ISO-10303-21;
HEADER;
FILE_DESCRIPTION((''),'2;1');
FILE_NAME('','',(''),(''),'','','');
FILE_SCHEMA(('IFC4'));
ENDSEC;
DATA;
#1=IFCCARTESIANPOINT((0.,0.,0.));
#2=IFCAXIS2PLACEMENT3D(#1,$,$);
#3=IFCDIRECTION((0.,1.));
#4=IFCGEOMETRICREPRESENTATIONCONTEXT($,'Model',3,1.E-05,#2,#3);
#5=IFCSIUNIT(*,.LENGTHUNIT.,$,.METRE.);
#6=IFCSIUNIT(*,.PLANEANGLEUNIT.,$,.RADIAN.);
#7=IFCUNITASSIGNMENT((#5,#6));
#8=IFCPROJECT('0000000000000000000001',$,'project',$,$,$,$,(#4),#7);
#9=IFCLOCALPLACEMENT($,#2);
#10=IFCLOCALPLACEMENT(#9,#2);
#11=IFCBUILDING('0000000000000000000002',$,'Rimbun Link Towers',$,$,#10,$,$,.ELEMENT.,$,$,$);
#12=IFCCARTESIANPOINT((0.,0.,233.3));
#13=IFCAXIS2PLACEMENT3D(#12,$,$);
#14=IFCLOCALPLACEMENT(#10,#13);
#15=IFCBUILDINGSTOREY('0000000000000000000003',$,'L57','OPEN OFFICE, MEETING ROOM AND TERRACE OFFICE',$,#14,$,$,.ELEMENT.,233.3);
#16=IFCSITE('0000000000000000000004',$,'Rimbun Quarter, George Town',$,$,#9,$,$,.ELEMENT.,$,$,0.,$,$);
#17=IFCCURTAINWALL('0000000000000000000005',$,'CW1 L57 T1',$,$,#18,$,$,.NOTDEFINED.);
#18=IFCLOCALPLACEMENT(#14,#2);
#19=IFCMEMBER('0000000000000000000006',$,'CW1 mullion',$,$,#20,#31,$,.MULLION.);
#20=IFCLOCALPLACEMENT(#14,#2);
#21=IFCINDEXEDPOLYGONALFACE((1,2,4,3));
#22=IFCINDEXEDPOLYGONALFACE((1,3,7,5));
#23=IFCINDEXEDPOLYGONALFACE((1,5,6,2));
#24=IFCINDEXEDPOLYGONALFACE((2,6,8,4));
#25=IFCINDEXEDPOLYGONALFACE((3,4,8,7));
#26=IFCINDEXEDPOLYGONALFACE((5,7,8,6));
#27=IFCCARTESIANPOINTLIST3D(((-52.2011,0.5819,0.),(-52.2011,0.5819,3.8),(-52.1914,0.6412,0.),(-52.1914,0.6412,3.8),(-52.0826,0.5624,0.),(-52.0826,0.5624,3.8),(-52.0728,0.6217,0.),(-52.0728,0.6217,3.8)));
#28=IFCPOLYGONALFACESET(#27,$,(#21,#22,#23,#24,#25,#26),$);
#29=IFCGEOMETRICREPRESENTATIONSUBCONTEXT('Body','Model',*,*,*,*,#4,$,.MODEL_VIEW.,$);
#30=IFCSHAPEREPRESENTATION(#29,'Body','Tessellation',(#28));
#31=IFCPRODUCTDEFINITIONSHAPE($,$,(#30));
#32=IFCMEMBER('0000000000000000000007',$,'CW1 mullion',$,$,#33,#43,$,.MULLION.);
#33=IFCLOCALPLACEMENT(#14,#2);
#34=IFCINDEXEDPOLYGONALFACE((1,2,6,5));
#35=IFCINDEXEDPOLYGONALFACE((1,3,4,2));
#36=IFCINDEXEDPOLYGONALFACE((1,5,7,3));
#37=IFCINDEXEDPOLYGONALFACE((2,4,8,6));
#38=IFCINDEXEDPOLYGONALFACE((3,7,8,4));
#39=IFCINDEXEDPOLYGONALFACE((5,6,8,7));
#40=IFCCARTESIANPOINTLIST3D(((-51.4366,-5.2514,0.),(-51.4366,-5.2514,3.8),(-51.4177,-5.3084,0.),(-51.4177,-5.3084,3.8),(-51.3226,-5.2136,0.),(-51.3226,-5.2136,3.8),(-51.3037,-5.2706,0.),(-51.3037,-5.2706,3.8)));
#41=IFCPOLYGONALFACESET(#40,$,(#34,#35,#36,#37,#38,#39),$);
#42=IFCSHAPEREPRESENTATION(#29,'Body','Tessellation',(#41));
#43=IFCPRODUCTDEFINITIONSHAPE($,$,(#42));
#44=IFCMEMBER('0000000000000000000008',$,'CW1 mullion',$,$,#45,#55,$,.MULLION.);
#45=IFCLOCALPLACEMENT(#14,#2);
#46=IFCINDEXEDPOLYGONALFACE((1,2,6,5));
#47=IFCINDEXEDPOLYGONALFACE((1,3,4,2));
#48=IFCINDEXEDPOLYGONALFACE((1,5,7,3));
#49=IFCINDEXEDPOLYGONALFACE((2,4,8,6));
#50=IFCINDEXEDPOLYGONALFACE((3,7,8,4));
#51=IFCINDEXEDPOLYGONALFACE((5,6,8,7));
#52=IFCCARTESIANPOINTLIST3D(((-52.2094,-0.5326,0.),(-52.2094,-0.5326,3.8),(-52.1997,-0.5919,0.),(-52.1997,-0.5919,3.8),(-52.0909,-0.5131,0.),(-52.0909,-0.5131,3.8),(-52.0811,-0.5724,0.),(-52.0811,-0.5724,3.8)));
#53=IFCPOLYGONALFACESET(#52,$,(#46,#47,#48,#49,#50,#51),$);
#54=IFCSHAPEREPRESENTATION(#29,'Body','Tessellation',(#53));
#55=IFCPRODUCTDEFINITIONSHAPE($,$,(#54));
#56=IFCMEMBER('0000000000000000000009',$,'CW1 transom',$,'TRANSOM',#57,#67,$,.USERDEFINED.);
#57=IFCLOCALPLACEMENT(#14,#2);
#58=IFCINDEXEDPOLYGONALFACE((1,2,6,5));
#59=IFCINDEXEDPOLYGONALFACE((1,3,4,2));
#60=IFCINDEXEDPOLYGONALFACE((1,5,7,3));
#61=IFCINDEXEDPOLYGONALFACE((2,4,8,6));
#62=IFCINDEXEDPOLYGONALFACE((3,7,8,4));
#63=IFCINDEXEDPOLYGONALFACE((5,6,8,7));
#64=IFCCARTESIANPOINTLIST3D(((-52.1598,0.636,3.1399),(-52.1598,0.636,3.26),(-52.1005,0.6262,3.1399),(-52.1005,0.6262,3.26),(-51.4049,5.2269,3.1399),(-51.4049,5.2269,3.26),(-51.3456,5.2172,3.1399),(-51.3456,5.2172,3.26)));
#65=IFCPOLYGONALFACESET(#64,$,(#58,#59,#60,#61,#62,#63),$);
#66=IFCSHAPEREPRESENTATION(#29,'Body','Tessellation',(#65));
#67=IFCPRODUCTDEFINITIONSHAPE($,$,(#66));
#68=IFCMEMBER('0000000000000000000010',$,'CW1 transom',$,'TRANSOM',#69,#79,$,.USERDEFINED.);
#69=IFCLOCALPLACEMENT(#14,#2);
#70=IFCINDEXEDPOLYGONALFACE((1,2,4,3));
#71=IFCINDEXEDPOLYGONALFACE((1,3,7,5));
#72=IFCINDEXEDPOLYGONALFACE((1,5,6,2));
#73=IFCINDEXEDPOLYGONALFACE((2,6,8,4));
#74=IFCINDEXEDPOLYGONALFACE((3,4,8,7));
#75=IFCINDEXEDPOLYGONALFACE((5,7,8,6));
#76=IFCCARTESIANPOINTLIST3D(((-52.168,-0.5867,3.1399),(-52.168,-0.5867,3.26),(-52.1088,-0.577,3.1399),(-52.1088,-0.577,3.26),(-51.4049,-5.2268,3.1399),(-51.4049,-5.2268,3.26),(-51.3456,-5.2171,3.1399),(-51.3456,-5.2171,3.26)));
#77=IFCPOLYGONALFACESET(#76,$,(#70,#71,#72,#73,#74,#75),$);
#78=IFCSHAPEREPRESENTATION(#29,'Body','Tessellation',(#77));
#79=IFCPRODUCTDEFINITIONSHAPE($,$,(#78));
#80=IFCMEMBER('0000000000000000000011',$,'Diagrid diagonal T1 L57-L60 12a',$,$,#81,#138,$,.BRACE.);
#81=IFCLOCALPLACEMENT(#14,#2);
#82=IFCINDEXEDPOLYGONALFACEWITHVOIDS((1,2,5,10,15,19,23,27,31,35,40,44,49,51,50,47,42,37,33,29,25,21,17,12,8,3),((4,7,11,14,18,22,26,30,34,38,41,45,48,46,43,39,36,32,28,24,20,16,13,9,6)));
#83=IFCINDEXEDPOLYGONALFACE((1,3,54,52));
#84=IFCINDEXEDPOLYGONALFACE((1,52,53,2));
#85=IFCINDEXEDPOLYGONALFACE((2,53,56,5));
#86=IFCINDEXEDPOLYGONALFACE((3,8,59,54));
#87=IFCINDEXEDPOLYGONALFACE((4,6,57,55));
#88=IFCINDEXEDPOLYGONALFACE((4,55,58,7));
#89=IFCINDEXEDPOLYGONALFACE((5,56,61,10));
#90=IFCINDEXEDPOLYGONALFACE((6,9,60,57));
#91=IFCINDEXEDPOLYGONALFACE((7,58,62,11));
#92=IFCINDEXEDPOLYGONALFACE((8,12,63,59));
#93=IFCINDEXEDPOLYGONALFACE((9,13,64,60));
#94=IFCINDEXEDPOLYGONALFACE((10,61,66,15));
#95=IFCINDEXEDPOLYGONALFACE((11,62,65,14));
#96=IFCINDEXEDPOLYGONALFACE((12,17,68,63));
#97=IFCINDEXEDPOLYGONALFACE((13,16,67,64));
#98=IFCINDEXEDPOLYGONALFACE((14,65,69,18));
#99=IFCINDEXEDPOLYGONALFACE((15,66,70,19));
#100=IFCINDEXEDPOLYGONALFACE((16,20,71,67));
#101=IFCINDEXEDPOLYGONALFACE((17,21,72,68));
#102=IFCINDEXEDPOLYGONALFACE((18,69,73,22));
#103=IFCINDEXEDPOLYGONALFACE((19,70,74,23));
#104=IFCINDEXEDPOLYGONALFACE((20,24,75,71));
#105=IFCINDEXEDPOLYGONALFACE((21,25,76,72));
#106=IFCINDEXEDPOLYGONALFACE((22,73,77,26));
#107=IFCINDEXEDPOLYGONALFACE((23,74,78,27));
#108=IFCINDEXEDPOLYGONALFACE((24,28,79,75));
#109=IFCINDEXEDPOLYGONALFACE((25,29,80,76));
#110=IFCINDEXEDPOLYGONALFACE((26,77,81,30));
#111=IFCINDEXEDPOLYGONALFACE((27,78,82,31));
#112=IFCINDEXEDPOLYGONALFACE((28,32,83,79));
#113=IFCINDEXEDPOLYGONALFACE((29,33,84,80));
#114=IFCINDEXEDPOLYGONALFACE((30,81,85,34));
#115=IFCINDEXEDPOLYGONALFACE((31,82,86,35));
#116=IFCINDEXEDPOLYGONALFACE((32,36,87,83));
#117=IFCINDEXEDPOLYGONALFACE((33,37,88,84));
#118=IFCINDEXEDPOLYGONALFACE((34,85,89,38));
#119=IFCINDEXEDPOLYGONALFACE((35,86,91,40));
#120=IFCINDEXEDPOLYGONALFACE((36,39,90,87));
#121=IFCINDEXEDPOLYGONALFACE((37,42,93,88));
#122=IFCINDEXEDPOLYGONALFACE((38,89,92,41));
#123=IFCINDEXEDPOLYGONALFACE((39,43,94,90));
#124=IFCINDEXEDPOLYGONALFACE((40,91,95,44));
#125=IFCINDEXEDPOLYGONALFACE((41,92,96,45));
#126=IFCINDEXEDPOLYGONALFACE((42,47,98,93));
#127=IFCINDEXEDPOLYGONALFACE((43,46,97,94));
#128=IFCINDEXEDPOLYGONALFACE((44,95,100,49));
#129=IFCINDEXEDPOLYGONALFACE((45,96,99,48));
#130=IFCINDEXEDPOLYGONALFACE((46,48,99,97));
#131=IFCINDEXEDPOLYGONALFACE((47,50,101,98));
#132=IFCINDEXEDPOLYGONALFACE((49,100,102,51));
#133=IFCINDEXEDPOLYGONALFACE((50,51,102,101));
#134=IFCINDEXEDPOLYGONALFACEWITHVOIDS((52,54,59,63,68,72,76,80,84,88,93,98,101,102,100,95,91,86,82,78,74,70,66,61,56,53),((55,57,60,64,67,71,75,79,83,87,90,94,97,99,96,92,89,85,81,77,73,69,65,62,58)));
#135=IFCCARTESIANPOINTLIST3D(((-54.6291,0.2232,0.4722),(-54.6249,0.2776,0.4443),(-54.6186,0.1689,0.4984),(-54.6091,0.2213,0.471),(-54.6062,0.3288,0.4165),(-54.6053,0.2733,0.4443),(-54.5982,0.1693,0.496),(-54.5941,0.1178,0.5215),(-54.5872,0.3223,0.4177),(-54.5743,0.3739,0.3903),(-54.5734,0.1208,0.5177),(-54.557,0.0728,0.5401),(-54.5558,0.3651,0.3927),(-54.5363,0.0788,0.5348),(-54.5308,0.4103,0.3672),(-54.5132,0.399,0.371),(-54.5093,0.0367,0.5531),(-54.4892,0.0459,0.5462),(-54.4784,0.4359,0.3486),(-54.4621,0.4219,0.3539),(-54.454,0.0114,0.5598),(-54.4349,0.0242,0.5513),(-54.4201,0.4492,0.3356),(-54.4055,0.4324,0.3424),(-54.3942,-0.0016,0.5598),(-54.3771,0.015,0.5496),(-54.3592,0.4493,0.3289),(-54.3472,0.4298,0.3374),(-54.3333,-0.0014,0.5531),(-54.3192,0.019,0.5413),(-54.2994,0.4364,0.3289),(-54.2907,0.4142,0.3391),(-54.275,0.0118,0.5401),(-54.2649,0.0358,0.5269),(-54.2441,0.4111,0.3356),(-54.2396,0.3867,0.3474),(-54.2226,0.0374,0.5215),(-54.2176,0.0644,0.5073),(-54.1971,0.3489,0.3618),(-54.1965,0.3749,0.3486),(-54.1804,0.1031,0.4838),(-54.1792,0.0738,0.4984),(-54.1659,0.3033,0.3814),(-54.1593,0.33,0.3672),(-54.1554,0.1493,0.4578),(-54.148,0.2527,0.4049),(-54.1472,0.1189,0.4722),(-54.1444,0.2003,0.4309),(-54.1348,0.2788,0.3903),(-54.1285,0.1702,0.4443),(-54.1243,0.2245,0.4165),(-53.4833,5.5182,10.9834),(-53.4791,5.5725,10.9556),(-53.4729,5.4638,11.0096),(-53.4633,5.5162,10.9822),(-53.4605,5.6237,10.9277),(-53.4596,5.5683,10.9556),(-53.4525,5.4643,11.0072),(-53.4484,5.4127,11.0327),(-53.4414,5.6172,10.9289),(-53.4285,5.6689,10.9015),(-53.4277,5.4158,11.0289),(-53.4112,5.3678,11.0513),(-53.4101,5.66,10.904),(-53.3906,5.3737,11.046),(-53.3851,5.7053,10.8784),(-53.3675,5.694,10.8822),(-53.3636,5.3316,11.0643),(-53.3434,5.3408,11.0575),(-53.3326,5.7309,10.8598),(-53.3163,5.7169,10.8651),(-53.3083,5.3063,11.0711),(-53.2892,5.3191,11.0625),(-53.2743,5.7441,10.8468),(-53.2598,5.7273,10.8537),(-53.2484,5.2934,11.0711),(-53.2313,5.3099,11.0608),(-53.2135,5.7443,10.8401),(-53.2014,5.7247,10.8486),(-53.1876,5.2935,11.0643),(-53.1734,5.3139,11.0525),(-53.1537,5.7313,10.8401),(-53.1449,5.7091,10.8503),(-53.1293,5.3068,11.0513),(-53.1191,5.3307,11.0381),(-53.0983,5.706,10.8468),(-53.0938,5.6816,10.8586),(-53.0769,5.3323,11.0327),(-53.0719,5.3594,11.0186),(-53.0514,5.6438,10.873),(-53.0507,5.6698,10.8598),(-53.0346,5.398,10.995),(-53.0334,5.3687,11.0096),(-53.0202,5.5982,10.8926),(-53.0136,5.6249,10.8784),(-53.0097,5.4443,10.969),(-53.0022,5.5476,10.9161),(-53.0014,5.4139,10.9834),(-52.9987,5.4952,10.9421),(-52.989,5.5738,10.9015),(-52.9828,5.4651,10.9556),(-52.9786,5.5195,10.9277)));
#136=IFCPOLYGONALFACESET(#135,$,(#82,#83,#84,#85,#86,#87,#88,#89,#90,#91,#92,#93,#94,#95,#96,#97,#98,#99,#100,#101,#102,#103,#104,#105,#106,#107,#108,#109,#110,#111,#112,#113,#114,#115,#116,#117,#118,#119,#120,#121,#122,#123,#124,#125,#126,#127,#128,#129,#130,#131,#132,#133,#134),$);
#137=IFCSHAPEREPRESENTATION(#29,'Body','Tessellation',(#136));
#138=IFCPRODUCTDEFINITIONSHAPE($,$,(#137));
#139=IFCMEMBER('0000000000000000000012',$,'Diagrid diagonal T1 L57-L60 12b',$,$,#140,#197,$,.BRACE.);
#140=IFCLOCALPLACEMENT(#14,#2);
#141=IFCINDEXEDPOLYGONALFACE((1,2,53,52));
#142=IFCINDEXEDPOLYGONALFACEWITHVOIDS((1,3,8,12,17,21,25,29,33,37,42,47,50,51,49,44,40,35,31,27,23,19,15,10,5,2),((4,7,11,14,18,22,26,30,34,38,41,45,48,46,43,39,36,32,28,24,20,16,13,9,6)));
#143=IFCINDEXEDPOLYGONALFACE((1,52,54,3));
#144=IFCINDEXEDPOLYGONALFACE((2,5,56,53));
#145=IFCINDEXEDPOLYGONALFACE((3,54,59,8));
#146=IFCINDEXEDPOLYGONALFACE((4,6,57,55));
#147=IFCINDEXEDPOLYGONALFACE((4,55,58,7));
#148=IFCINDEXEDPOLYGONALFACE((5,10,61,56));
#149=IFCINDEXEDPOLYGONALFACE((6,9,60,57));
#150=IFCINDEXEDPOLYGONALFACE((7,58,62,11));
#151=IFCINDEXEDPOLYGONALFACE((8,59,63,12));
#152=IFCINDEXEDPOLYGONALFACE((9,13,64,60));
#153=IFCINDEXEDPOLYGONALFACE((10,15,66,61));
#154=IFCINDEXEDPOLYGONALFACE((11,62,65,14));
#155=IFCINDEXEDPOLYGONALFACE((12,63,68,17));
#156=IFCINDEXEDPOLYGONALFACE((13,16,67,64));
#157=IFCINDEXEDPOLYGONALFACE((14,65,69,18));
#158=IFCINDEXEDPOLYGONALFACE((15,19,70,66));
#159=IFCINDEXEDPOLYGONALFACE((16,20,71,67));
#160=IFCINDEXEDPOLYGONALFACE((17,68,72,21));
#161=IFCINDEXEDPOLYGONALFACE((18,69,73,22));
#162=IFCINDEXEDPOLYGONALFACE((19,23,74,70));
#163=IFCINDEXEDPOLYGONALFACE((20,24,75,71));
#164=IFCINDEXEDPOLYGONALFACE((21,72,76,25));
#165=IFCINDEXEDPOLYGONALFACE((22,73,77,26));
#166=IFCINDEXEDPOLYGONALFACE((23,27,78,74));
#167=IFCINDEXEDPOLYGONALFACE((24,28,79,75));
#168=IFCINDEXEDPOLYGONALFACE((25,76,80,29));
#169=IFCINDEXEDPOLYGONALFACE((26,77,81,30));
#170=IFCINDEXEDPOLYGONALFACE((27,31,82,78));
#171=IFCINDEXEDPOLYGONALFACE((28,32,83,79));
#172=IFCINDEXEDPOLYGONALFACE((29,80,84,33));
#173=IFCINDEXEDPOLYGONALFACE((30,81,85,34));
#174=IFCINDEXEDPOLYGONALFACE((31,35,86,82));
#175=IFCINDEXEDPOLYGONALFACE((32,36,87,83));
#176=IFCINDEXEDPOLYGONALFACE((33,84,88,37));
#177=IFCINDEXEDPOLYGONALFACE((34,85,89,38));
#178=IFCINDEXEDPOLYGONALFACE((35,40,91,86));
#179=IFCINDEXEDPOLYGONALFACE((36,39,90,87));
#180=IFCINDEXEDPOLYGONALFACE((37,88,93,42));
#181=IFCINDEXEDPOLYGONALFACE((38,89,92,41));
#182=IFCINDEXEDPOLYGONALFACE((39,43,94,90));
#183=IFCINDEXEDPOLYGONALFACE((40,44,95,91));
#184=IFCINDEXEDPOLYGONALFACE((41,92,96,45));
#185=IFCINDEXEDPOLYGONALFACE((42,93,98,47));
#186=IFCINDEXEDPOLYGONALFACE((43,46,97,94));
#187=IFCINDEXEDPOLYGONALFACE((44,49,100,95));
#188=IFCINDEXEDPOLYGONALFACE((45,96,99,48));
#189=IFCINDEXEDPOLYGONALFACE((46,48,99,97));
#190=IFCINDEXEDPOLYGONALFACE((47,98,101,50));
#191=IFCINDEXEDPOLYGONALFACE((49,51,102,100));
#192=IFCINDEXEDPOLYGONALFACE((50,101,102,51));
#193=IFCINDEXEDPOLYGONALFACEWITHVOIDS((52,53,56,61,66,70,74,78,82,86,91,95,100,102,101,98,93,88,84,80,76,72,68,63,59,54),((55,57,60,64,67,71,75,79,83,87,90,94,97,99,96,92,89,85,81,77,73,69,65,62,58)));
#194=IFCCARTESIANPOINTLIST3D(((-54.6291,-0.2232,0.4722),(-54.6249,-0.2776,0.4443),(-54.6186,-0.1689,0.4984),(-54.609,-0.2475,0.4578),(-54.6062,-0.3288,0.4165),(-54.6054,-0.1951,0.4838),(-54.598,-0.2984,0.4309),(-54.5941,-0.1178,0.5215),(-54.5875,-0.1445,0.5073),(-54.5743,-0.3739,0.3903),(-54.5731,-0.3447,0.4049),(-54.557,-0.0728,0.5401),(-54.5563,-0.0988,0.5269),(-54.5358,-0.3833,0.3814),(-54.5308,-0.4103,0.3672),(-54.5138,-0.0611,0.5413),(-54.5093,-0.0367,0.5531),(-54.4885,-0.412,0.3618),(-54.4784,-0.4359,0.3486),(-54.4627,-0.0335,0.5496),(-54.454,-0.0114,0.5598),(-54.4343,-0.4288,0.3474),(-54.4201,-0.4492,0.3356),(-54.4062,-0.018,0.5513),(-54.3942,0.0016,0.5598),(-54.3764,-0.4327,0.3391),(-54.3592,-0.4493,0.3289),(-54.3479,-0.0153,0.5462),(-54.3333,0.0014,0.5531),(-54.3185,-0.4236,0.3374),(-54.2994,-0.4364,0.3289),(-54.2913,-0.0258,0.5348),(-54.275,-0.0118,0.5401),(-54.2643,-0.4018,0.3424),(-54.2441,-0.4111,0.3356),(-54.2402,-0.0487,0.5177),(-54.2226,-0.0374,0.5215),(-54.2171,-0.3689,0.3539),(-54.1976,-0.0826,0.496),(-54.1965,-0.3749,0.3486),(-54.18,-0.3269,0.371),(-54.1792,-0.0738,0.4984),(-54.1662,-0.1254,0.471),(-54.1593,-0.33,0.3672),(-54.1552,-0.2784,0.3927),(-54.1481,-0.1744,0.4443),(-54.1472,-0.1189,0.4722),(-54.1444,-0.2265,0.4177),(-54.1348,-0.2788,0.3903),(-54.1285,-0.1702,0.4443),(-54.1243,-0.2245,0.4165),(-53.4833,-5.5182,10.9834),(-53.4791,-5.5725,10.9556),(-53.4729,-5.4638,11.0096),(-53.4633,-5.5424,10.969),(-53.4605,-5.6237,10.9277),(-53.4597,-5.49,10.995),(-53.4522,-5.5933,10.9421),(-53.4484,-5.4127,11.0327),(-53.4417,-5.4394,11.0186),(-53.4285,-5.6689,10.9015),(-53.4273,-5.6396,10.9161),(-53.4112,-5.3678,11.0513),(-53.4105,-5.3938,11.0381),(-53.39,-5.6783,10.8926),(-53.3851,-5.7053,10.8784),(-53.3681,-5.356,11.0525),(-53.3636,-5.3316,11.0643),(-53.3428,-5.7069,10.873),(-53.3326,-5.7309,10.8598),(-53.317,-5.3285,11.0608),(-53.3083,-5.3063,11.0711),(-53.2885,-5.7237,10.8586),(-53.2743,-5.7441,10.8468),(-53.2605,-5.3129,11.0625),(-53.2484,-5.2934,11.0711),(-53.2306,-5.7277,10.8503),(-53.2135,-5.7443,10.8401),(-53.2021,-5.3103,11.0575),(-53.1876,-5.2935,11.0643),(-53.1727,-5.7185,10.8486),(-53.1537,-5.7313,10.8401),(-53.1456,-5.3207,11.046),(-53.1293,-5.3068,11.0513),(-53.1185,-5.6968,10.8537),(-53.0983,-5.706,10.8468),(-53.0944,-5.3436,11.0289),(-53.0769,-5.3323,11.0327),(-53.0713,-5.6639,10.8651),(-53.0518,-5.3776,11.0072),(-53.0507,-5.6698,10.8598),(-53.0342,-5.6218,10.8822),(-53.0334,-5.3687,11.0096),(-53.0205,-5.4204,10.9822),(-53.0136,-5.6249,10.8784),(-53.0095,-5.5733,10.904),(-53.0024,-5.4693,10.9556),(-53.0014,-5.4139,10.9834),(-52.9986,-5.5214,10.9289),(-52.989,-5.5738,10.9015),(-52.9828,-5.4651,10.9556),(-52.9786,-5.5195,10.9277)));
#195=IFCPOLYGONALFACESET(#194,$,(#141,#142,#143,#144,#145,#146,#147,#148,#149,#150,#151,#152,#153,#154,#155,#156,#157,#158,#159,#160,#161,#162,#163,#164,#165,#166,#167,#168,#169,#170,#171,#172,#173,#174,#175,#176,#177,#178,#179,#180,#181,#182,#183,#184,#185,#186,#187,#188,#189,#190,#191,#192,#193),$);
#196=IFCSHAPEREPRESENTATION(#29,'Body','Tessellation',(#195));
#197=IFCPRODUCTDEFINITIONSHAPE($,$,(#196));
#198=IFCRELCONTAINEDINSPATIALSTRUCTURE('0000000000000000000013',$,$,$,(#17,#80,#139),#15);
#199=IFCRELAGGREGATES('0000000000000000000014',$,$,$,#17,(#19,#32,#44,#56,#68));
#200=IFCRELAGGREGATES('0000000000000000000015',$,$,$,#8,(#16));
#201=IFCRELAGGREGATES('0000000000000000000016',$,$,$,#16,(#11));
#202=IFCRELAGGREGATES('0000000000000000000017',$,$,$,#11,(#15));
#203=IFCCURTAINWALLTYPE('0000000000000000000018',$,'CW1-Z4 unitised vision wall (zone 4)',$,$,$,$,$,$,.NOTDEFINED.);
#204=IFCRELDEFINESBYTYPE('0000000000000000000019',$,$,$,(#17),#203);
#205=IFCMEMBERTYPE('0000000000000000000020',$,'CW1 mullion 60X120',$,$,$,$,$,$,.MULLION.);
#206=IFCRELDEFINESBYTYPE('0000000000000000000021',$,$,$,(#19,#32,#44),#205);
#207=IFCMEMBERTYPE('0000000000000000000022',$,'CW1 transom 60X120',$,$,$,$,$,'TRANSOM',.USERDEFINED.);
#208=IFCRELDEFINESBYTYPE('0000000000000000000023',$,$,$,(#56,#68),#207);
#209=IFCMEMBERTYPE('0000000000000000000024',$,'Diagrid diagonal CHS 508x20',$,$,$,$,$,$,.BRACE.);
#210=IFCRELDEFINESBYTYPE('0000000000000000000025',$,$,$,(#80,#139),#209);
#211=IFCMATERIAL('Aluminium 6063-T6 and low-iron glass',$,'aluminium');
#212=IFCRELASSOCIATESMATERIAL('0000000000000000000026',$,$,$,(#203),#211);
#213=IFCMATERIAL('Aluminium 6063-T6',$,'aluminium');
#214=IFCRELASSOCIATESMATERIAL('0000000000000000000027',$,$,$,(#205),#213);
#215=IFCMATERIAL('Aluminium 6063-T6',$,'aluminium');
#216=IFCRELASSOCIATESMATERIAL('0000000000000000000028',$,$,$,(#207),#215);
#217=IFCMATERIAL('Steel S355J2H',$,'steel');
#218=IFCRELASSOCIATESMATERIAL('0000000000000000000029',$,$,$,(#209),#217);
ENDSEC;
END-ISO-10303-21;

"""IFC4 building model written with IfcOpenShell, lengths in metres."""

from ifc_helpers import new_model, si_unit, direction, frame, origin, origin_2d, place, context, subcontext, project, spatial, rectangle, hollow_circle, extrude, material, material_profile, profile_set, type_object, element, aggregate, save


model = new_model("IFC4")

# Units and contexts
model_context = context("Model", 3, precision=1e-05, world=origin(), true_north=direction((0.0, 1.0)))
body_context = subcontext(model_context, "Body", "Model", "MODEL_VIEW")
ifc_project = project(units=[si_unit("LENGTHUNIT", "METRE"), si_unit("PLANEANGLEUNIT", "RADIAN")], contexts=[model_context])

# Site, building, storey
site_placement = place(None, origin())
site = spatial("IfcSite", under=ifc_project, at=site_placement, Name="Rimbun Quarter, George Town", CompositionType="ELEMENT", RefElevation=0.0)
building_placement = place(site_placement, origin())
building = spatial("IfcBuilding", under=site, at=building_placement, Name="Rimbun Link Towers", CompositionType="ELEMENT")
storey_placement = place(building_placement, frame((0.0, 0.0, 233.3)))
storey = spatial("IfcBuildingStorey", under=building, at=storey_placement, Name="L57", Description="OPEN OFFICE, MEETING ROOM AND TERRACE OFFICE", CompositionType="ELEMENT", Elevation=233.3)

# Curtain wall, members
ifc_material_1 = material(Name="Aluminium 6063-T6 and low-iron glass", Category="aluminium")
curtain_wall_type = type_object("IfcCurtainWallType", Name="CW1-Z4 unitised vision wall (zone 4)", PredefinedType="NOTDEFINED", material=ifc_material_1)
curtain_wall_placement = place(storey_placement, origin())
curtain_wall = element("IfcCurtainWall", 1, at=curtain_wall_placement, inside=storey, type_object=curtain_wall_type, Name="CW1 L57 T1", PredefinedType="NOTDEFINED")
ifc_material_2 = material(Name="Aluminium 6063-T6", Category="aluminium")
ifc_material_profile_1 = material_profile(ifc_material_2, rectangle(XDim=0.1201, YDim=0.0601, at=origin_2d()), Name="MULLION 60X120")
ifc_profile_set_1 = profile_set([ifc_material_profile_1], Name="Aluminium 6063-T6")
member_type_1 = type_object("IfcMemberType", Name="CW1 mullion 60X120", PredefinedType="MULLION", material=ifc_profile_set_1)
member_1_placement = place(storey_placement, frame((-52.137, 0.6018, 0.0), z_axis=(0.0, 0.0, 1.0), x_axis=(-0.986748, 0.162262, 0.0)))
member_1 = element("IfcMember", 2, at=member_1_placement, type_object=member_type_1, Name="CW1 mullion", PredefinedType="MULLION", context=body_context, shape_type="SweptSolid", body=[
    extrude(rectangle(XDim=0.1201, YDim=0.0601, at=origin_2d()), origin(), (0.0, 0.0, 1.0), 3.8),
])
member_2_placement = place(storey_placement, frame((-51.3701, -5.261, 0.0), z_axis=(0.0, 0.0, 1.0), x_axis=(-0.949161, -0.31479, 0.0)))
member_2 = element("IfcMember", 3, at=member_2_placement, type_object=member_type_1, Name="CW1 mullion", PredefinedType="MULLION", context=body_context, shape_type="SweptSolid", body=[
    extrude(rectangle(XDim=0.1201, YDim=0.0601, at=origin_2d()), origin(), (0.0, 0.0, 1.0), 3.8),
])
member_3_placement = place(storey_placement, frame((-52.1453, -0.5525, 0.0), z_axis=(0.0, 0.0, 1.0), x_axis=(-0.986748, -0.162262, 0.0)))
member_3 = element("IfcMember", 4, at=member_3_placement, type_object=member_type_1, Name="CW1 mullion", PredefinedType="MULLION", context=body_context, shape_type="SweptSolid", body=[
    extrude(rectangle(XDim=0.1201, YDim=0.0601, at=origin_2d()), origin(), (0.0, 0.0, 1.0), 3.8),
])
ifc_material_3 = material(Name="Aluminium 6063-T6", Category="aluminium")
ifc_material_profile_2 = material_profile(ifc_material_3, rectangle(XDim=0.0601, YDim=0.1201, at=origin_2d()), Name="TRANSOM 60X120")
ifc_profile_set_2 = profile_set([ifc_material_profile_2], Name="Aluminium 6063-T6")
member_type_2 = type_object("IfcMemberType", Name="CW1 transom 60X120", ElementType="TRANSOM", PredefinedType="USERDEFINED", material=ifc_profile_set_2)
member_4_placement = place(storey_placement, frame((-52.1301, 0.6311, 3.2), z_axis=(0.162254, 0.986749, 0.0), x_axis=(-0.986749, 0.162254, 0.0)))
member_4 = element("IfcMember", 5, at=member_4_placement, type_object=member_type_2, Name="CW1 transom", ObjectType="TRANSOM", PredefinedType="USERDEFINED", context=body_context, shape_type="SweptSolid", body=[
    extrude(rectangle(XDim=0.0601, YDim=0.1201, at=origin_2d()), origin(), (0.0, 0.0, 1.0), 4.6526),
])
member_5_placement = place(storey_placement, frame((-51.3752, -5.2219, 3.2), z_axis=(-0.162294, 0.986742, 0.0), x_axis=(-0.986742, -0.162294, 0.0)))
member_5 = element("IfcMember", 6, at=member_5_placement, type_object=member_type_2, Name="CW1 transom", ObjectType="TRANSOM", PredefinedType="USERDEFINED", context=body_context, shape_type="SweptSolid", body=[
    extrude(rectangle(XDim=0.0601, YDim=0.1201, at=origin_2d()), origin(), (0.0, 0.0, 1.0), 4.7024),
])

# Members
ifc_material_4 = material(Name="Steel S355J2H", Category="steel")
ifc_material_profile_3 = material_profile(ifc_material_4, hollow_circle(Radius=0.2539, WallThickness=0.02, at=origin_2d()), Name="Diagrid diagonal CHS 508x20")
ifc_profile_set_3 = profile_set([ifc_material_profile_3], Name="Steel S355J2H")
member_type_3 = type_object("IfcMemberType", Name="Diagrid diagonal CHS 508x20", PredefinedType="BRACE", material=ifc_profile_set_3)
for number, where, z_axis, x_axis, name in (
    (7, (-54.3767, 0.2239, 0.4443), (0.096891, 0.447767, 0.888885), (-0.97738, 0.211492, 0.0), "Diagrid diagonal T1 L57-L60 12a"),
    (8, (-54.3767, -0.2239, 0.4443), (0.096891, -0.447767, 0.888885), (0.97738, 0.211492, 0.0), "Diagrid diagonal T1 L57-L60 12b"),
):
    element("IfcMember", number, at=place(storey_placement, frame(where, z_axis=z_axis, x_axis=x_axis)), inside=storey, type_object=member_type_3, Name=name, PredefinedType="BRACE", context=body_context, shape_type="SweptSolid", body=[
        extrude(hollow_circle(Radius=0.2539, WallThickness=0.02, at=origin_2d()), origin(), (0.0, 0.0, 1.0), 11.8252),
    ])

aggregate(curtain_wall, [member_1, member_2, member_3, member_4, member_5])

save(model, "model.ifc")
